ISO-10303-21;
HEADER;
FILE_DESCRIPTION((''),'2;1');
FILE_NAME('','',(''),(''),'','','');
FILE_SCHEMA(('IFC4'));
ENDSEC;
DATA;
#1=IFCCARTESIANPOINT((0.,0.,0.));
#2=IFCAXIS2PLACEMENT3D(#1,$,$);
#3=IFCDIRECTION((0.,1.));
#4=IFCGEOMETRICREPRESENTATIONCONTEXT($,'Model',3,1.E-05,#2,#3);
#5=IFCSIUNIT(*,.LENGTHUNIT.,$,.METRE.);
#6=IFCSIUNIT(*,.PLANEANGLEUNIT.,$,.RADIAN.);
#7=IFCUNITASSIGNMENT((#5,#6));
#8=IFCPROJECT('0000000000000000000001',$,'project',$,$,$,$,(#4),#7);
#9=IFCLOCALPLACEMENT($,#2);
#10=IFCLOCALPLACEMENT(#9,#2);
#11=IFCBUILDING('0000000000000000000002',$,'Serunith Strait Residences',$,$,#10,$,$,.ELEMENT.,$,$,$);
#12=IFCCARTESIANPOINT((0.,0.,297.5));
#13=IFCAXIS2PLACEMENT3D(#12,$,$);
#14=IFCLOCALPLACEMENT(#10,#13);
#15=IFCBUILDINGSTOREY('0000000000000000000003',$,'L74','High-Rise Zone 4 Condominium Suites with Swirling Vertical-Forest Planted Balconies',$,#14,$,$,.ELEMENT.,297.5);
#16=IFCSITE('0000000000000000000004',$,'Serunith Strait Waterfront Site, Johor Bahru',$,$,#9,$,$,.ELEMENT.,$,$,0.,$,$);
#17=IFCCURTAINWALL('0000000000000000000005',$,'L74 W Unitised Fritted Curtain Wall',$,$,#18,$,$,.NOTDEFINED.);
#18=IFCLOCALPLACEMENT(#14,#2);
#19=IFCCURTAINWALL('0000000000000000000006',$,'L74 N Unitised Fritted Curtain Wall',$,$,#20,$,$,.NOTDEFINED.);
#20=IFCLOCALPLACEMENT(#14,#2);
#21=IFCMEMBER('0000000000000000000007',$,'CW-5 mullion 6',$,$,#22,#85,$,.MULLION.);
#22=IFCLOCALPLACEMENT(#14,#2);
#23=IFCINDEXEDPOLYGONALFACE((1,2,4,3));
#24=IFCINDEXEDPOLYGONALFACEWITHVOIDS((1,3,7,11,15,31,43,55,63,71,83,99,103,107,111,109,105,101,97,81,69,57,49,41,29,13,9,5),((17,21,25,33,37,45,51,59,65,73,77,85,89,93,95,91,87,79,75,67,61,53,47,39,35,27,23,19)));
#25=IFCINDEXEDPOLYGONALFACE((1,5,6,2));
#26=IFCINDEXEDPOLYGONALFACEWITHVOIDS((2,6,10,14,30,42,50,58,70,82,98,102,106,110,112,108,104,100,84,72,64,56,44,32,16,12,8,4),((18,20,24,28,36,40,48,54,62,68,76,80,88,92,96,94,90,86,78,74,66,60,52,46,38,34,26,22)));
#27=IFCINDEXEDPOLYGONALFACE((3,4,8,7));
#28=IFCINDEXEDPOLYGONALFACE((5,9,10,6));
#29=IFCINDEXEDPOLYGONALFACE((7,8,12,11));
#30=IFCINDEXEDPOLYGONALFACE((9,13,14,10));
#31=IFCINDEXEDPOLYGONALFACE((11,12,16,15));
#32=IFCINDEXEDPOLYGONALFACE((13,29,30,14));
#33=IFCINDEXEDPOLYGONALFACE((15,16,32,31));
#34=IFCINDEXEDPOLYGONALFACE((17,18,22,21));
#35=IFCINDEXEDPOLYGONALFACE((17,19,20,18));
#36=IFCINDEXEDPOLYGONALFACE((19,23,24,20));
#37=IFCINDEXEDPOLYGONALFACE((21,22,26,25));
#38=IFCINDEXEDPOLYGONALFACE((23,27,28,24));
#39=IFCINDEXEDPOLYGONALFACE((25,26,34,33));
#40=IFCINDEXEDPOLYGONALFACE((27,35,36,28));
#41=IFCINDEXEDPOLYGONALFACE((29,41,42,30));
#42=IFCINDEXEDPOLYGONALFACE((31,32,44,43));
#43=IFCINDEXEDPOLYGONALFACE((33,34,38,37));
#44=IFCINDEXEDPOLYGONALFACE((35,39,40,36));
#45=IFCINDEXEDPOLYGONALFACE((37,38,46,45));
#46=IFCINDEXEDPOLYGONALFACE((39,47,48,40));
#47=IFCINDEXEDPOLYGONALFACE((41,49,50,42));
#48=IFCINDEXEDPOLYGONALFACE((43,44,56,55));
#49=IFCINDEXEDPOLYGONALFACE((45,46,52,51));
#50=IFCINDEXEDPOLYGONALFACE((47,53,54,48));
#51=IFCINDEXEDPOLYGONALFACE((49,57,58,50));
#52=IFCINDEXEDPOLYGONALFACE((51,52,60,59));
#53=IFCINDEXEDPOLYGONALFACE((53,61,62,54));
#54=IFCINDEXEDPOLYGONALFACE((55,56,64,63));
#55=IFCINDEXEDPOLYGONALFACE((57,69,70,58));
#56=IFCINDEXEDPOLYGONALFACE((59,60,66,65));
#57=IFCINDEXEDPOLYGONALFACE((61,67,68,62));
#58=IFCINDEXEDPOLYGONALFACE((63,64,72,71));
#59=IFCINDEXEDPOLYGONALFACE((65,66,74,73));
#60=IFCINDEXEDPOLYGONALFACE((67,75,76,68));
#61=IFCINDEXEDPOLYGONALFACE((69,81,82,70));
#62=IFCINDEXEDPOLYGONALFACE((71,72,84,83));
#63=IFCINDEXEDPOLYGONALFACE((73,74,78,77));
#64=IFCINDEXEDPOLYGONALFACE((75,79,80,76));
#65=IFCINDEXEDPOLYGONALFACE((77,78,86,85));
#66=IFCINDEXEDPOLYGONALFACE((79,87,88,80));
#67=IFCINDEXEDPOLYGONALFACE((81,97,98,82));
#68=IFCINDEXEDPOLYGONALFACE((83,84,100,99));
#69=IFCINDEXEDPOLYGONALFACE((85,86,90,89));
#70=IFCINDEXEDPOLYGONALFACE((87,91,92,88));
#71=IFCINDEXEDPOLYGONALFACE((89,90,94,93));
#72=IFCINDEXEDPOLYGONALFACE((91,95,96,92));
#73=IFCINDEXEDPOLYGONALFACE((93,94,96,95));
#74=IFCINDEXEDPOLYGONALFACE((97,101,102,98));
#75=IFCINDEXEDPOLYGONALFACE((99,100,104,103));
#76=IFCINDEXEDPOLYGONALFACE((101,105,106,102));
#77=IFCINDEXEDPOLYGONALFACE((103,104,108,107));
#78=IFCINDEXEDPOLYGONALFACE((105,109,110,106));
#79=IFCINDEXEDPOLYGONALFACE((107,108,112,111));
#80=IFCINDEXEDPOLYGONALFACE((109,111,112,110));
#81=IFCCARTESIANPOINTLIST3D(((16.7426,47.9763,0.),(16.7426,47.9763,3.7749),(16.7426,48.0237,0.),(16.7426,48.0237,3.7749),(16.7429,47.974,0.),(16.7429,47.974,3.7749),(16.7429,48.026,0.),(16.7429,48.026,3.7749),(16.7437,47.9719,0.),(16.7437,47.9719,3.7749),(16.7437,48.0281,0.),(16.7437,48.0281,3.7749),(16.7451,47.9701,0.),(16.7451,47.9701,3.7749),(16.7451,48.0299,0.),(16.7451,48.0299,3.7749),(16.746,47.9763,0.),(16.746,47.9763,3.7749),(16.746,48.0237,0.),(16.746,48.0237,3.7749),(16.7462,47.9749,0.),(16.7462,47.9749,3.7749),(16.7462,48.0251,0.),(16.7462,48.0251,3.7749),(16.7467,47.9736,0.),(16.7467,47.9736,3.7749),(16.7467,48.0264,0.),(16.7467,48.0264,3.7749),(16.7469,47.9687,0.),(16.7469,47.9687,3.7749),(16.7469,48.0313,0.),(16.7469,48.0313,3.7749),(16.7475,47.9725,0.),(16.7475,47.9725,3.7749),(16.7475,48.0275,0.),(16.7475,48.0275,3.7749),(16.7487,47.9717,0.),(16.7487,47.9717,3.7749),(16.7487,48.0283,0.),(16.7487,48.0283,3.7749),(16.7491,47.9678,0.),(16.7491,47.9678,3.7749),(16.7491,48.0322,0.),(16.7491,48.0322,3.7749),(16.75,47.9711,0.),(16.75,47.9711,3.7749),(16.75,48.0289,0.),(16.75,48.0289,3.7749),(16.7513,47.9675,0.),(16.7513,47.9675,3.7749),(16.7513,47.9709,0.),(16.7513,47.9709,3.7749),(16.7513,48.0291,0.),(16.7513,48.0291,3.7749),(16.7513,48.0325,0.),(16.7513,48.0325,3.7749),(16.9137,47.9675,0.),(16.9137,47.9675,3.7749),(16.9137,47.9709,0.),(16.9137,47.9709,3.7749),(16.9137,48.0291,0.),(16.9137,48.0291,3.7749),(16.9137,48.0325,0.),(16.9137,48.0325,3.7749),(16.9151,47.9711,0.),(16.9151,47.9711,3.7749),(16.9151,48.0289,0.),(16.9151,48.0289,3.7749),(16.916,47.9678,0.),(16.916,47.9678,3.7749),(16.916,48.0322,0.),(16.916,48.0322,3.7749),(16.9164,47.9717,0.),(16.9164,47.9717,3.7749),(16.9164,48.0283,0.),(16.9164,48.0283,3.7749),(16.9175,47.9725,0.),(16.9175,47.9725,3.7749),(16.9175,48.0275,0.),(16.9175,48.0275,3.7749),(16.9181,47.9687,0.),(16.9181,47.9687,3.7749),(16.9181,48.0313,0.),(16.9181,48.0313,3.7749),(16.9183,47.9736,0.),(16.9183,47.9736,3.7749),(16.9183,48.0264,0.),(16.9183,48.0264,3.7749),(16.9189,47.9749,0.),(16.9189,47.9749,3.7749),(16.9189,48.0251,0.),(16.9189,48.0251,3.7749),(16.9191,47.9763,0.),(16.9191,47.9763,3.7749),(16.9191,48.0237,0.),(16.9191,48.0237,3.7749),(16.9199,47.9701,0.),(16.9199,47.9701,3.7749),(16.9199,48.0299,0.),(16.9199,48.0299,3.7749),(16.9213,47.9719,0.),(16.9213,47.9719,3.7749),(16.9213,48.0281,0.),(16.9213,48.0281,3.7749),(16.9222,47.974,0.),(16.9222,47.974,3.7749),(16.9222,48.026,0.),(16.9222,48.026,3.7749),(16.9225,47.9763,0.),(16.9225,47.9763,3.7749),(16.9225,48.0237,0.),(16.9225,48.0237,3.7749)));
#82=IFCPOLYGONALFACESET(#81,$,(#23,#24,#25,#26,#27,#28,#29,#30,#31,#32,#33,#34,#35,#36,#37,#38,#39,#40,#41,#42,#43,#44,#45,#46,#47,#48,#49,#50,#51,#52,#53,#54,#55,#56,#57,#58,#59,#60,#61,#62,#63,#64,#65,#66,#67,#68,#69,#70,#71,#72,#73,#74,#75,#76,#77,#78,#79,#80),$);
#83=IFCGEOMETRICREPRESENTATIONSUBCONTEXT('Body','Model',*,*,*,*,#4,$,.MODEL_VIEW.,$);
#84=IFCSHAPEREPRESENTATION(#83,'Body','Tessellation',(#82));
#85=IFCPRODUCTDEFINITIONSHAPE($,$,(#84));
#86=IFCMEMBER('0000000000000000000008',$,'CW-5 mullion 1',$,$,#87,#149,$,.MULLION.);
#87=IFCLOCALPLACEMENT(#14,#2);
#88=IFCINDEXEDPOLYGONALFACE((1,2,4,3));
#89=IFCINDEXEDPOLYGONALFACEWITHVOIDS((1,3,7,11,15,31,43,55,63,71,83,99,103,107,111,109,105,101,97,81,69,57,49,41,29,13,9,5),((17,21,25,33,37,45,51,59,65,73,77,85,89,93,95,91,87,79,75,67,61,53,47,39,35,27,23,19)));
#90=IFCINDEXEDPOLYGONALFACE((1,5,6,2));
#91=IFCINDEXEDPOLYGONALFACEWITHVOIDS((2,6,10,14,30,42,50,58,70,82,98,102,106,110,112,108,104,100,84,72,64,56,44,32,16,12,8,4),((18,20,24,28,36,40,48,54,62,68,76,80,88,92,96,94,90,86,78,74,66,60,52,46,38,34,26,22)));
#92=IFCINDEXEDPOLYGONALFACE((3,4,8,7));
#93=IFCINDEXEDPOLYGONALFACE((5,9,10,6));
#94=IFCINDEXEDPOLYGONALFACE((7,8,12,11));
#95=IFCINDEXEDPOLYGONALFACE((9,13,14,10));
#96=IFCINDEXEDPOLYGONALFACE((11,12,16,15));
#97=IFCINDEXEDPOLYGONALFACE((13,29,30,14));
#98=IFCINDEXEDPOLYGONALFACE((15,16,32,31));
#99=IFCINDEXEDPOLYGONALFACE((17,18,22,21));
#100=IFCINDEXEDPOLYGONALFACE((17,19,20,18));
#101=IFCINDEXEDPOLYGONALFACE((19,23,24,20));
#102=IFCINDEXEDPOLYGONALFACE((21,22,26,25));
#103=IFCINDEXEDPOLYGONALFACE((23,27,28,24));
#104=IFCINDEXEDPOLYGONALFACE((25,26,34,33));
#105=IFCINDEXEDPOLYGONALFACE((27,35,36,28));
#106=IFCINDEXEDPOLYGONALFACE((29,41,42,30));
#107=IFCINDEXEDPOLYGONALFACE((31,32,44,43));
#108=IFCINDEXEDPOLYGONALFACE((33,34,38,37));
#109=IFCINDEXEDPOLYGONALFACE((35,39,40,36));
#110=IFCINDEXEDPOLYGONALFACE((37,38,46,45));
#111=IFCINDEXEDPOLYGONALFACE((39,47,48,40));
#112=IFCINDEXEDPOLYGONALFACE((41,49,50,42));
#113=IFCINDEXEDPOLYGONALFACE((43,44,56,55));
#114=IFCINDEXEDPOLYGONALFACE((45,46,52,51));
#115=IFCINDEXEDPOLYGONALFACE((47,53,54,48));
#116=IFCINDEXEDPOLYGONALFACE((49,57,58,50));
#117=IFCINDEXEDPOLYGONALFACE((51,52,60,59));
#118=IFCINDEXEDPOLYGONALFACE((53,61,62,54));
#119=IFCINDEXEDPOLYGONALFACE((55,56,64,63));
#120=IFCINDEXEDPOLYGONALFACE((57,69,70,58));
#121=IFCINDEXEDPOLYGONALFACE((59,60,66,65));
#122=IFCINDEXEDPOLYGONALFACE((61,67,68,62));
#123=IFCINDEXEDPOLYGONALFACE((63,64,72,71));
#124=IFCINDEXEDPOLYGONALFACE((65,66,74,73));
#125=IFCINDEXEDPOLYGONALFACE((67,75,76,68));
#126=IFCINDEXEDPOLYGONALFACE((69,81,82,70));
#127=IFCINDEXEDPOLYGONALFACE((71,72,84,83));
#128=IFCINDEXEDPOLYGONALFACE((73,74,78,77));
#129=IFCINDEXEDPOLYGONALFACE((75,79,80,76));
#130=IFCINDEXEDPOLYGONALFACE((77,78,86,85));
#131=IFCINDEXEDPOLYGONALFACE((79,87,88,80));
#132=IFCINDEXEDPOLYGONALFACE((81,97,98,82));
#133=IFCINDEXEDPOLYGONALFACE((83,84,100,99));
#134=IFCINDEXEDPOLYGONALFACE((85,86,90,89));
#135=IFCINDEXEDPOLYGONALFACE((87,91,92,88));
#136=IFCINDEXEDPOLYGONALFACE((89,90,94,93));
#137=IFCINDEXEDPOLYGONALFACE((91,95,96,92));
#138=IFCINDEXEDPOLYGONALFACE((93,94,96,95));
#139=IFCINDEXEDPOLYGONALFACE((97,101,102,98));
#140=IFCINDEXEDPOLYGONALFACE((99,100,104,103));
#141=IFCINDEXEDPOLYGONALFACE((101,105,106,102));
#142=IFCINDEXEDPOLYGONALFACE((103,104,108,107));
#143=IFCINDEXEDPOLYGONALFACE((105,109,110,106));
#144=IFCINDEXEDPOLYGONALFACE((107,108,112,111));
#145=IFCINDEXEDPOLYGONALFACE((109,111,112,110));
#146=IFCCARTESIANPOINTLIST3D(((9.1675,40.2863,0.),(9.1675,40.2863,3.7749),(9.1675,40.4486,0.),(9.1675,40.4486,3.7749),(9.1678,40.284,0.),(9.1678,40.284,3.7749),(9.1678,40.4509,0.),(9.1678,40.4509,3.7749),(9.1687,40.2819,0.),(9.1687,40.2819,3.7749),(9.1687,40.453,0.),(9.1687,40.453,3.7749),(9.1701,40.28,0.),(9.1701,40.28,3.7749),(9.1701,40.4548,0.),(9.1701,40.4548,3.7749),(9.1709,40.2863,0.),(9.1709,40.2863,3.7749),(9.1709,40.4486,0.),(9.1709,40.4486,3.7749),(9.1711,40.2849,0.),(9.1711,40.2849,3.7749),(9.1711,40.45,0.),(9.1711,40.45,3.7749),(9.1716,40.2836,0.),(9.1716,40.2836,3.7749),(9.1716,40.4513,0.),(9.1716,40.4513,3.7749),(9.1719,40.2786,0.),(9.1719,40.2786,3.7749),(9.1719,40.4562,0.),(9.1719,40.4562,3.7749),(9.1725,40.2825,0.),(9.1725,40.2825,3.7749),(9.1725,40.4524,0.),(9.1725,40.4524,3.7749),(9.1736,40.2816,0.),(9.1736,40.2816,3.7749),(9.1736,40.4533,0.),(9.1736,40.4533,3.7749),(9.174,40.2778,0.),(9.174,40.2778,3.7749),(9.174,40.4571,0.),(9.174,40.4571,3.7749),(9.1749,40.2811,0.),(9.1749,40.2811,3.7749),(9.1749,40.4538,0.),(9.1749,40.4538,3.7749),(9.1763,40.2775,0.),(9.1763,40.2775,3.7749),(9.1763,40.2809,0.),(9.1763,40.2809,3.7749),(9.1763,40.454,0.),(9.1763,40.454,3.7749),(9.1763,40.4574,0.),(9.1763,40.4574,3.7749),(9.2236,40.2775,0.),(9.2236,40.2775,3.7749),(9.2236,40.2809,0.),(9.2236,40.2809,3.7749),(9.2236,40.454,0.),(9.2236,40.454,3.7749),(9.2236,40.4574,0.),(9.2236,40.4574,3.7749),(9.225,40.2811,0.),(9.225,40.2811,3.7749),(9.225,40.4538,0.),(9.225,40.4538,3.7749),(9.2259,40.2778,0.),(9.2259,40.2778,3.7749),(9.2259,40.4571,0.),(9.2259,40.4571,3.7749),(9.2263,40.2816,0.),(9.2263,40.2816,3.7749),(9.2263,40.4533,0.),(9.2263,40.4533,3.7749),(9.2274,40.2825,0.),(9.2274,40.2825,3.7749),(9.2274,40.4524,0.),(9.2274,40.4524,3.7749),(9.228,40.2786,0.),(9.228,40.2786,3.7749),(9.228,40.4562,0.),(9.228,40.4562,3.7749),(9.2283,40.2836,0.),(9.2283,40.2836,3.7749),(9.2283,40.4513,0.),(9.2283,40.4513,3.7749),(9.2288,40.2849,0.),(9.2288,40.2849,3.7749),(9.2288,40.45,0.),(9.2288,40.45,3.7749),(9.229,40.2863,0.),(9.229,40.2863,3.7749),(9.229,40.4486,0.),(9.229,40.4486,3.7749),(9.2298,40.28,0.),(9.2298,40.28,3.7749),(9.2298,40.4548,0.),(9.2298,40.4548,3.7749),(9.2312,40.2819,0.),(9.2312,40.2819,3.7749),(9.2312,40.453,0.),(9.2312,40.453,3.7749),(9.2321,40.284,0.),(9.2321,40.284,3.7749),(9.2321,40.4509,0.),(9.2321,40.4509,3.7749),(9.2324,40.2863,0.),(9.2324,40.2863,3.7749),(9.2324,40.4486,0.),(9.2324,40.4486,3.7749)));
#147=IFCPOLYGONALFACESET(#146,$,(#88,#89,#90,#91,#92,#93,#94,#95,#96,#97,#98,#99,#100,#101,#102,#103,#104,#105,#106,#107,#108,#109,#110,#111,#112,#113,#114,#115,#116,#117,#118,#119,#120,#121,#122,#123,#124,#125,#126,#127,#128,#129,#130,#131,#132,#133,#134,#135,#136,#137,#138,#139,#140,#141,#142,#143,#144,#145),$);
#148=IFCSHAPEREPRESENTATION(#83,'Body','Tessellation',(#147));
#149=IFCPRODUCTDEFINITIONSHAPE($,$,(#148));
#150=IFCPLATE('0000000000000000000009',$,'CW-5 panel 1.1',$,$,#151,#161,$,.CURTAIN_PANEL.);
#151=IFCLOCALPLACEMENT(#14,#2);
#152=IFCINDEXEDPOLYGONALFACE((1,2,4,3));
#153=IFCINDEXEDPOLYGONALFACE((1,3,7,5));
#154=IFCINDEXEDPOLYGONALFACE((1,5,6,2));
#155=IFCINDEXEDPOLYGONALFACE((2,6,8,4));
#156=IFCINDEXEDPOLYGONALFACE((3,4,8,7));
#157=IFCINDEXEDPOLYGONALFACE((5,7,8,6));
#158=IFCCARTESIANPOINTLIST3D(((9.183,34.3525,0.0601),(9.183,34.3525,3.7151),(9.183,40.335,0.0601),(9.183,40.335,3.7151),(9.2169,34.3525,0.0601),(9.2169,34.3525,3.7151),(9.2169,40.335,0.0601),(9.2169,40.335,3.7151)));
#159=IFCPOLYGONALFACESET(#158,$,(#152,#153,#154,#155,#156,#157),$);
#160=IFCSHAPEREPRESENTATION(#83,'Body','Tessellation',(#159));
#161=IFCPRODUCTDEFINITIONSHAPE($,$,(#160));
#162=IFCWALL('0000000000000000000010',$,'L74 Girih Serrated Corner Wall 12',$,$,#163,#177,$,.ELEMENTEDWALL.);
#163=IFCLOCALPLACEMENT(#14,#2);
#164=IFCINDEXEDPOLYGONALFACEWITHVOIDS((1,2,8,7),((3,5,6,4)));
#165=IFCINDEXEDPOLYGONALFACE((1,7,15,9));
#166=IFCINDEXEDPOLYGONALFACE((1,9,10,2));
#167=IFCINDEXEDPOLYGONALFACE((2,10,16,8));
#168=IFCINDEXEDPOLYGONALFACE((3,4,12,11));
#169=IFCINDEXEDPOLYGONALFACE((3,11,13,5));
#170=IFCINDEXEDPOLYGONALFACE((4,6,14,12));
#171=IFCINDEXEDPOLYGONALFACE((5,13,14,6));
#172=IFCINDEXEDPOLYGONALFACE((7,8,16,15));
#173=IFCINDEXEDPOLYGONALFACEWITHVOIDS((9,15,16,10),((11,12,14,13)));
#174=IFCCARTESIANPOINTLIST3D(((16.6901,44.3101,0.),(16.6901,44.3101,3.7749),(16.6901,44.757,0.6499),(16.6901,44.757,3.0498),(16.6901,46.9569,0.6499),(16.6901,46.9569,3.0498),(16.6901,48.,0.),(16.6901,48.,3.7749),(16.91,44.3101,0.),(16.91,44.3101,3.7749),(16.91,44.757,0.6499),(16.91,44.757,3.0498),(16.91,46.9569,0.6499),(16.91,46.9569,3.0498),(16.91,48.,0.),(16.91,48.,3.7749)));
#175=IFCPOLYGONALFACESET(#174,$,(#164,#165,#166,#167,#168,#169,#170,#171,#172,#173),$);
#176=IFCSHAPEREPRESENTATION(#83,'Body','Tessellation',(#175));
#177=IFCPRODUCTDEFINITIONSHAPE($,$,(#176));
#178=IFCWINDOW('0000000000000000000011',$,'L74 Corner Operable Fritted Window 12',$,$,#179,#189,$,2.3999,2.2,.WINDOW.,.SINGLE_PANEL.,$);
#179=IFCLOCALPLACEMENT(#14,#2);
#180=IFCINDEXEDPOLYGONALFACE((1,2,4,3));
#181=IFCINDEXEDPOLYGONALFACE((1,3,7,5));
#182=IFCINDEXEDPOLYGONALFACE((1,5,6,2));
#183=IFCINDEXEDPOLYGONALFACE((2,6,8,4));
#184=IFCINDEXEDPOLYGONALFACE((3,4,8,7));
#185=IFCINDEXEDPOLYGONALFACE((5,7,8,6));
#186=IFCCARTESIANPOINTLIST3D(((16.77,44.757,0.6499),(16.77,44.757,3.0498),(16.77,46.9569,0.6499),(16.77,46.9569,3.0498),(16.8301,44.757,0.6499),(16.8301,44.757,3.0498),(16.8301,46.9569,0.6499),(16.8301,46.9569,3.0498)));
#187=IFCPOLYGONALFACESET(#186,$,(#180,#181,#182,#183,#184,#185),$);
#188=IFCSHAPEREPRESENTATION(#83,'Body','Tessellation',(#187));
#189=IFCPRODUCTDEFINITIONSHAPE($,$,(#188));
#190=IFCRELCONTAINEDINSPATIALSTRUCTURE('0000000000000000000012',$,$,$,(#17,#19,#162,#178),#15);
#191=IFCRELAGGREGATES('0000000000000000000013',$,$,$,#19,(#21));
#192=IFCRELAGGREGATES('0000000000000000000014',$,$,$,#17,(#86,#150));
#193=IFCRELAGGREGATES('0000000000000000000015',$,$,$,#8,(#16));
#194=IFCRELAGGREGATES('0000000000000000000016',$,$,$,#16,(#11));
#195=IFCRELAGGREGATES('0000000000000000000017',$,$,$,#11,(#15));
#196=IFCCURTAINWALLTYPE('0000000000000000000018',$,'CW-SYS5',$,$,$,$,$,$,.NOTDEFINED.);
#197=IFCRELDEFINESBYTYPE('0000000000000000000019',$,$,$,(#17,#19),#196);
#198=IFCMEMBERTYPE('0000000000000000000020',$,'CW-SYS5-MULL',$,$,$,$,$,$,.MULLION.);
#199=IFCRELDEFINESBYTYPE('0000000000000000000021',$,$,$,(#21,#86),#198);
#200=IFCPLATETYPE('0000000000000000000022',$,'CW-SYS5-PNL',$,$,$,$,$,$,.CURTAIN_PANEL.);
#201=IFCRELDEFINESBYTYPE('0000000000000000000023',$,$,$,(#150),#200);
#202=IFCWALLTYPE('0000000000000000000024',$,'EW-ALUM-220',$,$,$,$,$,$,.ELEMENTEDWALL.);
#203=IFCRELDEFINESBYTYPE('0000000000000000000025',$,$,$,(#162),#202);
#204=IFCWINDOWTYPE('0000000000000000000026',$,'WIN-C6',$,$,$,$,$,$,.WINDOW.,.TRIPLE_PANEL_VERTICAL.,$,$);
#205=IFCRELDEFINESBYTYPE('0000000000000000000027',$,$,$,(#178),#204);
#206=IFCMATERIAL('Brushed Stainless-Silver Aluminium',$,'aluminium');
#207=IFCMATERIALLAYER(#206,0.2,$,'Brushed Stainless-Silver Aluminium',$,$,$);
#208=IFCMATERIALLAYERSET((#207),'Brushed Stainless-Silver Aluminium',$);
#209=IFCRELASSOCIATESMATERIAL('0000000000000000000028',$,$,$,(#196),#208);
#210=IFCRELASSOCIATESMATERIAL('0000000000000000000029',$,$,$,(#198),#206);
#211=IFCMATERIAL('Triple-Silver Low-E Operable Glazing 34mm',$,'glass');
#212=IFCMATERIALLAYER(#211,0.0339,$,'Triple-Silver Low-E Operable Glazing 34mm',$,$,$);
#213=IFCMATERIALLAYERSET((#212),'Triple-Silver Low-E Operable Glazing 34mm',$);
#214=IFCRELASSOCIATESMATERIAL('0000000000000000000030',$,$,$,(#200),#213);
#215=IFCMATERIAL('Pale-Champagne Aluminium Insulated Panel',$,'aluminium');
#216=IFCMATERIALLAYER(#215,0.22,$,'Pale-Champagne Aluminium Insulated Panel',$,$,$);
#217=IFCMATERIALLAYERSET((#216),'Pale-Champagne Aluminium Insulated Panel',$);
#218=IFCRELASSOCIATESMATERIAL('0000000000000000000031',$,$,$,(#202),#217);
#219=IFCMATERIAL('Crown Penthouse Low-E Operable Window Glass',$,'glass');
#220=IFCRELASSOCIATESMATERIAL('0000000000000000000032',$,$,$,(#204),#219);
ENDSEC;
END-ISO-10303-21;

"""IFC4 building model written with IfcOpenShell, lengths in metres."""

from ifc_helpers import new_model, si_unit, direction, frame, frame_2d, origin, origin_2d, place, context, subcontext, project, spatial, rectangle, hollow_rectangle, extrude, source, transform, mapped, material, layer, layer_set, material_profile, profile_set, type_object, element, fill, aggregate, save


model = new_model("IFC4")

# Units and contexts
model_context = context("Model", 3, precision=1e-05, world=origin(), true_north=direction((0.0, 1.0)))
body_context = subcontext(model_context, "Body", "Model", "MODEL_VIEW")
ifc_project = project(units=[si_unit("LENGTHUNIT", "METRE"), si_unit("PLANEANGLEUNIT", "RADIAN")], contexts=[model_context])

# Site, building, storey
site_placement = place(None, origin())
site = spatial("IfcSite", under=ifc_project, at=site_placement, Name="Serunith Strait Waterfront Site, Johor Bahru", CompositionType="ELEMENT", RefElevation=0.0)
building_placement = place(site_placement, origin())
building = spatial("IfcBuilding", under=site, at=building_placement, Name="Serunith Strait Residences", CompositionType="ELEMENT")
storey_placement = place(building_placement, frame((0.0, 0.0, 297.5)))
storey = spatial("IfcBuildingStorey", under=building, at=storey_placement, Name="L74", Description="High-Rise Zone 4 Condominium Suites with Swirling Vertical-Forest Planted Balconies", CompositionType="ELEMENT", Elevation=297.5)

# Curtain wall
ifc_material_1 = material(Name="Brushed Stainless-Silver Aluminium", Category="aluminium")
ifc_layer_1 = layer(ifc_material_1, 0.2, Name="Brushed Stainless-Silver Aluminium")
ifc_layer_set_1 = layer_set([ifc_layer_1], Name="Brushed Stainless-Silver Aluminium")
curtain_wall_type = type_object("IfcCurtainWallType", Name="CW-SYS5", PredefinedType="NOTDEFINED", material=ifc_layer_set_1)
curtain_wall_1_placement = place(storey_placement, origin())
curtain_wall_1 = element("IfcCurtainWall", 1, at=curtain_wall_1_placement, inside=storey, type_object=curtain_wall_type, Name="L74 W Unitised Fritted Curtain Wall", PredefinedType="NOTDEFINED")

# Curtain wall, member
curtain_wall_2_placement = place(storey_placement, origin())
curtain_wall_2 = element("IfcCurtainWall", 2, at=curtain_wall_2_placement, inside=storey, type_object=curtain_wall_type, Name="L74 N Unitised Fritted Curtain Wall", PredefinedType="NOTDEFINED")
ifc_material_profile_1 = material_profile(ifc_material_1, hollow_rectangle(XDim=0.0649, YDim=0.1799, WallThickness=0.0034, InnerFilletRadius=0.0054, OuterFilletRadius=0.0088, at=origin_2d()), Name="ALU 180x65x3.5")
ifc_profile_set_1 = profile_set([ifc_material_profile_1], Name="Brushed Stainless-Silver Aluminium")
member_type_1 = type_object("IfcMemberType", Name="CW-SYS5-MULL", PredefinedType="MULLION", material=ifc_profile_set_1)
shared_shape_1 = source(origin(), body_context, "Body", "SweptSolid", [
    extrude(hollow_rectangle(XDim=0.0649, YDim=0.1799, WallThickness=0.0034, InnerFilletRadius=0.0054, OuterFilletRadius=0.0088, at=origin_2d()), origin(), (0.0, 0.0, 1.0), 3.7749),
])
member_1_placement = place(storey_placement, frame((16.8325, 48.0, 0.0), z_axis=(0.0, 0.0, 1.0), x_axis=(0.0, -1.0, 0.0)))
member_1 = element("IfcMember", 3, at=member_1_placement, type_object=member_type_1, Name="CW-5 mullion 6", PredefinedType="MULLION", context=body_context, shape_type="MappedRepresentation", body=[
    mapped(shared_shape_1, transform((0.0, 0.0, 0.0), scale=1.0)),
])
aggregate(curtain_wall_2, [member_1])

# Member
member_2_placement = place(storey_placement, frame((9.2, 40.3674, 0.0), z_axis=(0.0, 0.0, 1.0), x_axis=(1.0, 0.0, 0.0)))
member_2 = element("IfcMember", 4, at=member_2_placement, type_object=member_type_1, Name="CW-5 mullion 1", PredefinedType="MULLION", context=body_context, shape_type="MappedRepresentation", body=[
    mapped(shared_shape_1, transform((0.0, 0.0, 0.0), scale=1.0)),
])

# Plate
ifc_material_2 = material(Name="Triple-Silver Low-E Operable Glazing 34mm", Category="glass")
ifc_layer_2 = layer(ifc_material_2, 0.0339, Name="Triple-Silver Low-E Operable Glazing 34mm")
ifc_layer_set_2 = layer_set([ifc_layer_2], Name="Triple-Silver Low-E Operable Glazing 34mm")
plate_type = type_object("IfcPlateType", Name="CW-SYS5-PNL", PredefinedType="CURTAIN_PANEL", material=ifc_layer_set_2)
shared_shape_2 = source(origin(), body_context, "Body", "SweptSolid", [
    extrude(rectangle(XDim=5.9824, YDim=0.0339, at=origin_2d()), origin(), (0.0, 0.0, 1.0), 3.655),
])
plate_placement = place(storey_placement, frame((9.2, 37.3438, 0.0601), z_axis=(0.0, 0.0, 1.0), x_axis=(0.0, -1.0, 0.0)))
plate = element("IfcPlate", 5, at=plate_placement, type_object=plate_type, Name="CW-5 panel 1.1", PredefinedType="CURTAIN_PANEL", context=body_context, shape_type="MappedRepresentation", body=[
    mapped(shared_shape_2, transform((0.0, 0.0, 0.0), scale=1.0)),
])
aggregate(curtain_wall_1, [member_2, plate])

# Wall, opening, window
ifc_material_3 = material(Name="Pale-Champagne Aluminium Insulated Panel", Category="aluminium")
ifc_layer_3 = layer(ifc_material_3, 0.22, Name="Pale-Champagne Aluminium Insulated Panel")
ifc_layer_set_3 = layer_set([ifc_layer_3], Name="Pale-Champagne Aluminium Insulated Panel")
wall_type_1 = type_object("IfcWallType", Name="EW-ALUM-220", PredefinedType="ELEMENTEDWALL", material=ifc_layer_set_3)
wall_1_placement = place(storey_placement, frame((16.8, 48.0, 0.0), z_axis=(0.0, 0.0, 1.0), x_axis=(0.0, -1.0, 0.0)))
wall_1 = element("IfcWall", 6, at=wall_1_placement, inside=storey, type_object=wall_type_1, Name="L74 Girih Serrated Corner Wall 12", PredefinedType="ELEMENTEDWALL", context=body_context, shape_type="SweptSolid", body=[
    extrude(rectangle(XDim=3.6899, YDim=0.22, at=frame_2d((1.845, 0.0))), origin(), (0.0, 0.0, 1.0), 3.7749),
])
opening_1_placement = place(wall_1_placement, frame((1.043, 0.0, 0.6499)))
opening_1 = element("IfcOpeningElement", 7, at=opening_1_placement, cuts=wall_1, PredefinedType="OPENING", context=body_context, shape_type="SweptSolid", body=[
    extrude(rectangle(XDim=2.2, YDim=2.3999, at=frame_2d((1.1001, 1.2))), frame((0.0, 0.1201, 0.0), z_axis=(0.0, -1.0, 0.0), x_axis=(1.0, 0.0, 0.0)), (0.0, 0.0, 1.0), 0.24),
])
ifc_material_4 = material(Name="Crown Penthouse Low-E Operable Window Glass", Category="glass")
window_type = type_object("IfcWindowType", Name="WIN-C6", PartitioningType="TRIPLE_PANEL_VERTICAL", PredefinedType="WINDOW", material=ifc_material_4)
shared_shape_3 = source(origin(), body_context, "Body", "SweptSolid", [
    extrude(rectangle(XDim=2.2, YDim=2.3999, at=frame_2d((1.1001, 1.2))), frame((0.0, 0.03, 0.0), z_axis=(0.0, -1.0, 0.0), x_axis=(1.0, 0.0, 0.0)), (0.0, 0.0, 1.0), 0.0601),
])
window_1_placement = place(opening_1_placement, origin())
window_1 = element("IfcWindow", 8, at=window_1_placement, inside=storey, type_object=window_type, Name="L74 Corner Operable Fritted Window 12", OverallHeight=2.3999, OverallWidth=2.2, PartitioningType="SINGLE_PANEL", PredefinedType="WINDOW", context=body_context, shape_type="MappedRepresentation", body=[
    mapped(shared_shape_3, transform((0.0, 0.0, 0.0), scale=1.0)),
])
fill(opening_1, window_1)

save(model, "model.ifc")
